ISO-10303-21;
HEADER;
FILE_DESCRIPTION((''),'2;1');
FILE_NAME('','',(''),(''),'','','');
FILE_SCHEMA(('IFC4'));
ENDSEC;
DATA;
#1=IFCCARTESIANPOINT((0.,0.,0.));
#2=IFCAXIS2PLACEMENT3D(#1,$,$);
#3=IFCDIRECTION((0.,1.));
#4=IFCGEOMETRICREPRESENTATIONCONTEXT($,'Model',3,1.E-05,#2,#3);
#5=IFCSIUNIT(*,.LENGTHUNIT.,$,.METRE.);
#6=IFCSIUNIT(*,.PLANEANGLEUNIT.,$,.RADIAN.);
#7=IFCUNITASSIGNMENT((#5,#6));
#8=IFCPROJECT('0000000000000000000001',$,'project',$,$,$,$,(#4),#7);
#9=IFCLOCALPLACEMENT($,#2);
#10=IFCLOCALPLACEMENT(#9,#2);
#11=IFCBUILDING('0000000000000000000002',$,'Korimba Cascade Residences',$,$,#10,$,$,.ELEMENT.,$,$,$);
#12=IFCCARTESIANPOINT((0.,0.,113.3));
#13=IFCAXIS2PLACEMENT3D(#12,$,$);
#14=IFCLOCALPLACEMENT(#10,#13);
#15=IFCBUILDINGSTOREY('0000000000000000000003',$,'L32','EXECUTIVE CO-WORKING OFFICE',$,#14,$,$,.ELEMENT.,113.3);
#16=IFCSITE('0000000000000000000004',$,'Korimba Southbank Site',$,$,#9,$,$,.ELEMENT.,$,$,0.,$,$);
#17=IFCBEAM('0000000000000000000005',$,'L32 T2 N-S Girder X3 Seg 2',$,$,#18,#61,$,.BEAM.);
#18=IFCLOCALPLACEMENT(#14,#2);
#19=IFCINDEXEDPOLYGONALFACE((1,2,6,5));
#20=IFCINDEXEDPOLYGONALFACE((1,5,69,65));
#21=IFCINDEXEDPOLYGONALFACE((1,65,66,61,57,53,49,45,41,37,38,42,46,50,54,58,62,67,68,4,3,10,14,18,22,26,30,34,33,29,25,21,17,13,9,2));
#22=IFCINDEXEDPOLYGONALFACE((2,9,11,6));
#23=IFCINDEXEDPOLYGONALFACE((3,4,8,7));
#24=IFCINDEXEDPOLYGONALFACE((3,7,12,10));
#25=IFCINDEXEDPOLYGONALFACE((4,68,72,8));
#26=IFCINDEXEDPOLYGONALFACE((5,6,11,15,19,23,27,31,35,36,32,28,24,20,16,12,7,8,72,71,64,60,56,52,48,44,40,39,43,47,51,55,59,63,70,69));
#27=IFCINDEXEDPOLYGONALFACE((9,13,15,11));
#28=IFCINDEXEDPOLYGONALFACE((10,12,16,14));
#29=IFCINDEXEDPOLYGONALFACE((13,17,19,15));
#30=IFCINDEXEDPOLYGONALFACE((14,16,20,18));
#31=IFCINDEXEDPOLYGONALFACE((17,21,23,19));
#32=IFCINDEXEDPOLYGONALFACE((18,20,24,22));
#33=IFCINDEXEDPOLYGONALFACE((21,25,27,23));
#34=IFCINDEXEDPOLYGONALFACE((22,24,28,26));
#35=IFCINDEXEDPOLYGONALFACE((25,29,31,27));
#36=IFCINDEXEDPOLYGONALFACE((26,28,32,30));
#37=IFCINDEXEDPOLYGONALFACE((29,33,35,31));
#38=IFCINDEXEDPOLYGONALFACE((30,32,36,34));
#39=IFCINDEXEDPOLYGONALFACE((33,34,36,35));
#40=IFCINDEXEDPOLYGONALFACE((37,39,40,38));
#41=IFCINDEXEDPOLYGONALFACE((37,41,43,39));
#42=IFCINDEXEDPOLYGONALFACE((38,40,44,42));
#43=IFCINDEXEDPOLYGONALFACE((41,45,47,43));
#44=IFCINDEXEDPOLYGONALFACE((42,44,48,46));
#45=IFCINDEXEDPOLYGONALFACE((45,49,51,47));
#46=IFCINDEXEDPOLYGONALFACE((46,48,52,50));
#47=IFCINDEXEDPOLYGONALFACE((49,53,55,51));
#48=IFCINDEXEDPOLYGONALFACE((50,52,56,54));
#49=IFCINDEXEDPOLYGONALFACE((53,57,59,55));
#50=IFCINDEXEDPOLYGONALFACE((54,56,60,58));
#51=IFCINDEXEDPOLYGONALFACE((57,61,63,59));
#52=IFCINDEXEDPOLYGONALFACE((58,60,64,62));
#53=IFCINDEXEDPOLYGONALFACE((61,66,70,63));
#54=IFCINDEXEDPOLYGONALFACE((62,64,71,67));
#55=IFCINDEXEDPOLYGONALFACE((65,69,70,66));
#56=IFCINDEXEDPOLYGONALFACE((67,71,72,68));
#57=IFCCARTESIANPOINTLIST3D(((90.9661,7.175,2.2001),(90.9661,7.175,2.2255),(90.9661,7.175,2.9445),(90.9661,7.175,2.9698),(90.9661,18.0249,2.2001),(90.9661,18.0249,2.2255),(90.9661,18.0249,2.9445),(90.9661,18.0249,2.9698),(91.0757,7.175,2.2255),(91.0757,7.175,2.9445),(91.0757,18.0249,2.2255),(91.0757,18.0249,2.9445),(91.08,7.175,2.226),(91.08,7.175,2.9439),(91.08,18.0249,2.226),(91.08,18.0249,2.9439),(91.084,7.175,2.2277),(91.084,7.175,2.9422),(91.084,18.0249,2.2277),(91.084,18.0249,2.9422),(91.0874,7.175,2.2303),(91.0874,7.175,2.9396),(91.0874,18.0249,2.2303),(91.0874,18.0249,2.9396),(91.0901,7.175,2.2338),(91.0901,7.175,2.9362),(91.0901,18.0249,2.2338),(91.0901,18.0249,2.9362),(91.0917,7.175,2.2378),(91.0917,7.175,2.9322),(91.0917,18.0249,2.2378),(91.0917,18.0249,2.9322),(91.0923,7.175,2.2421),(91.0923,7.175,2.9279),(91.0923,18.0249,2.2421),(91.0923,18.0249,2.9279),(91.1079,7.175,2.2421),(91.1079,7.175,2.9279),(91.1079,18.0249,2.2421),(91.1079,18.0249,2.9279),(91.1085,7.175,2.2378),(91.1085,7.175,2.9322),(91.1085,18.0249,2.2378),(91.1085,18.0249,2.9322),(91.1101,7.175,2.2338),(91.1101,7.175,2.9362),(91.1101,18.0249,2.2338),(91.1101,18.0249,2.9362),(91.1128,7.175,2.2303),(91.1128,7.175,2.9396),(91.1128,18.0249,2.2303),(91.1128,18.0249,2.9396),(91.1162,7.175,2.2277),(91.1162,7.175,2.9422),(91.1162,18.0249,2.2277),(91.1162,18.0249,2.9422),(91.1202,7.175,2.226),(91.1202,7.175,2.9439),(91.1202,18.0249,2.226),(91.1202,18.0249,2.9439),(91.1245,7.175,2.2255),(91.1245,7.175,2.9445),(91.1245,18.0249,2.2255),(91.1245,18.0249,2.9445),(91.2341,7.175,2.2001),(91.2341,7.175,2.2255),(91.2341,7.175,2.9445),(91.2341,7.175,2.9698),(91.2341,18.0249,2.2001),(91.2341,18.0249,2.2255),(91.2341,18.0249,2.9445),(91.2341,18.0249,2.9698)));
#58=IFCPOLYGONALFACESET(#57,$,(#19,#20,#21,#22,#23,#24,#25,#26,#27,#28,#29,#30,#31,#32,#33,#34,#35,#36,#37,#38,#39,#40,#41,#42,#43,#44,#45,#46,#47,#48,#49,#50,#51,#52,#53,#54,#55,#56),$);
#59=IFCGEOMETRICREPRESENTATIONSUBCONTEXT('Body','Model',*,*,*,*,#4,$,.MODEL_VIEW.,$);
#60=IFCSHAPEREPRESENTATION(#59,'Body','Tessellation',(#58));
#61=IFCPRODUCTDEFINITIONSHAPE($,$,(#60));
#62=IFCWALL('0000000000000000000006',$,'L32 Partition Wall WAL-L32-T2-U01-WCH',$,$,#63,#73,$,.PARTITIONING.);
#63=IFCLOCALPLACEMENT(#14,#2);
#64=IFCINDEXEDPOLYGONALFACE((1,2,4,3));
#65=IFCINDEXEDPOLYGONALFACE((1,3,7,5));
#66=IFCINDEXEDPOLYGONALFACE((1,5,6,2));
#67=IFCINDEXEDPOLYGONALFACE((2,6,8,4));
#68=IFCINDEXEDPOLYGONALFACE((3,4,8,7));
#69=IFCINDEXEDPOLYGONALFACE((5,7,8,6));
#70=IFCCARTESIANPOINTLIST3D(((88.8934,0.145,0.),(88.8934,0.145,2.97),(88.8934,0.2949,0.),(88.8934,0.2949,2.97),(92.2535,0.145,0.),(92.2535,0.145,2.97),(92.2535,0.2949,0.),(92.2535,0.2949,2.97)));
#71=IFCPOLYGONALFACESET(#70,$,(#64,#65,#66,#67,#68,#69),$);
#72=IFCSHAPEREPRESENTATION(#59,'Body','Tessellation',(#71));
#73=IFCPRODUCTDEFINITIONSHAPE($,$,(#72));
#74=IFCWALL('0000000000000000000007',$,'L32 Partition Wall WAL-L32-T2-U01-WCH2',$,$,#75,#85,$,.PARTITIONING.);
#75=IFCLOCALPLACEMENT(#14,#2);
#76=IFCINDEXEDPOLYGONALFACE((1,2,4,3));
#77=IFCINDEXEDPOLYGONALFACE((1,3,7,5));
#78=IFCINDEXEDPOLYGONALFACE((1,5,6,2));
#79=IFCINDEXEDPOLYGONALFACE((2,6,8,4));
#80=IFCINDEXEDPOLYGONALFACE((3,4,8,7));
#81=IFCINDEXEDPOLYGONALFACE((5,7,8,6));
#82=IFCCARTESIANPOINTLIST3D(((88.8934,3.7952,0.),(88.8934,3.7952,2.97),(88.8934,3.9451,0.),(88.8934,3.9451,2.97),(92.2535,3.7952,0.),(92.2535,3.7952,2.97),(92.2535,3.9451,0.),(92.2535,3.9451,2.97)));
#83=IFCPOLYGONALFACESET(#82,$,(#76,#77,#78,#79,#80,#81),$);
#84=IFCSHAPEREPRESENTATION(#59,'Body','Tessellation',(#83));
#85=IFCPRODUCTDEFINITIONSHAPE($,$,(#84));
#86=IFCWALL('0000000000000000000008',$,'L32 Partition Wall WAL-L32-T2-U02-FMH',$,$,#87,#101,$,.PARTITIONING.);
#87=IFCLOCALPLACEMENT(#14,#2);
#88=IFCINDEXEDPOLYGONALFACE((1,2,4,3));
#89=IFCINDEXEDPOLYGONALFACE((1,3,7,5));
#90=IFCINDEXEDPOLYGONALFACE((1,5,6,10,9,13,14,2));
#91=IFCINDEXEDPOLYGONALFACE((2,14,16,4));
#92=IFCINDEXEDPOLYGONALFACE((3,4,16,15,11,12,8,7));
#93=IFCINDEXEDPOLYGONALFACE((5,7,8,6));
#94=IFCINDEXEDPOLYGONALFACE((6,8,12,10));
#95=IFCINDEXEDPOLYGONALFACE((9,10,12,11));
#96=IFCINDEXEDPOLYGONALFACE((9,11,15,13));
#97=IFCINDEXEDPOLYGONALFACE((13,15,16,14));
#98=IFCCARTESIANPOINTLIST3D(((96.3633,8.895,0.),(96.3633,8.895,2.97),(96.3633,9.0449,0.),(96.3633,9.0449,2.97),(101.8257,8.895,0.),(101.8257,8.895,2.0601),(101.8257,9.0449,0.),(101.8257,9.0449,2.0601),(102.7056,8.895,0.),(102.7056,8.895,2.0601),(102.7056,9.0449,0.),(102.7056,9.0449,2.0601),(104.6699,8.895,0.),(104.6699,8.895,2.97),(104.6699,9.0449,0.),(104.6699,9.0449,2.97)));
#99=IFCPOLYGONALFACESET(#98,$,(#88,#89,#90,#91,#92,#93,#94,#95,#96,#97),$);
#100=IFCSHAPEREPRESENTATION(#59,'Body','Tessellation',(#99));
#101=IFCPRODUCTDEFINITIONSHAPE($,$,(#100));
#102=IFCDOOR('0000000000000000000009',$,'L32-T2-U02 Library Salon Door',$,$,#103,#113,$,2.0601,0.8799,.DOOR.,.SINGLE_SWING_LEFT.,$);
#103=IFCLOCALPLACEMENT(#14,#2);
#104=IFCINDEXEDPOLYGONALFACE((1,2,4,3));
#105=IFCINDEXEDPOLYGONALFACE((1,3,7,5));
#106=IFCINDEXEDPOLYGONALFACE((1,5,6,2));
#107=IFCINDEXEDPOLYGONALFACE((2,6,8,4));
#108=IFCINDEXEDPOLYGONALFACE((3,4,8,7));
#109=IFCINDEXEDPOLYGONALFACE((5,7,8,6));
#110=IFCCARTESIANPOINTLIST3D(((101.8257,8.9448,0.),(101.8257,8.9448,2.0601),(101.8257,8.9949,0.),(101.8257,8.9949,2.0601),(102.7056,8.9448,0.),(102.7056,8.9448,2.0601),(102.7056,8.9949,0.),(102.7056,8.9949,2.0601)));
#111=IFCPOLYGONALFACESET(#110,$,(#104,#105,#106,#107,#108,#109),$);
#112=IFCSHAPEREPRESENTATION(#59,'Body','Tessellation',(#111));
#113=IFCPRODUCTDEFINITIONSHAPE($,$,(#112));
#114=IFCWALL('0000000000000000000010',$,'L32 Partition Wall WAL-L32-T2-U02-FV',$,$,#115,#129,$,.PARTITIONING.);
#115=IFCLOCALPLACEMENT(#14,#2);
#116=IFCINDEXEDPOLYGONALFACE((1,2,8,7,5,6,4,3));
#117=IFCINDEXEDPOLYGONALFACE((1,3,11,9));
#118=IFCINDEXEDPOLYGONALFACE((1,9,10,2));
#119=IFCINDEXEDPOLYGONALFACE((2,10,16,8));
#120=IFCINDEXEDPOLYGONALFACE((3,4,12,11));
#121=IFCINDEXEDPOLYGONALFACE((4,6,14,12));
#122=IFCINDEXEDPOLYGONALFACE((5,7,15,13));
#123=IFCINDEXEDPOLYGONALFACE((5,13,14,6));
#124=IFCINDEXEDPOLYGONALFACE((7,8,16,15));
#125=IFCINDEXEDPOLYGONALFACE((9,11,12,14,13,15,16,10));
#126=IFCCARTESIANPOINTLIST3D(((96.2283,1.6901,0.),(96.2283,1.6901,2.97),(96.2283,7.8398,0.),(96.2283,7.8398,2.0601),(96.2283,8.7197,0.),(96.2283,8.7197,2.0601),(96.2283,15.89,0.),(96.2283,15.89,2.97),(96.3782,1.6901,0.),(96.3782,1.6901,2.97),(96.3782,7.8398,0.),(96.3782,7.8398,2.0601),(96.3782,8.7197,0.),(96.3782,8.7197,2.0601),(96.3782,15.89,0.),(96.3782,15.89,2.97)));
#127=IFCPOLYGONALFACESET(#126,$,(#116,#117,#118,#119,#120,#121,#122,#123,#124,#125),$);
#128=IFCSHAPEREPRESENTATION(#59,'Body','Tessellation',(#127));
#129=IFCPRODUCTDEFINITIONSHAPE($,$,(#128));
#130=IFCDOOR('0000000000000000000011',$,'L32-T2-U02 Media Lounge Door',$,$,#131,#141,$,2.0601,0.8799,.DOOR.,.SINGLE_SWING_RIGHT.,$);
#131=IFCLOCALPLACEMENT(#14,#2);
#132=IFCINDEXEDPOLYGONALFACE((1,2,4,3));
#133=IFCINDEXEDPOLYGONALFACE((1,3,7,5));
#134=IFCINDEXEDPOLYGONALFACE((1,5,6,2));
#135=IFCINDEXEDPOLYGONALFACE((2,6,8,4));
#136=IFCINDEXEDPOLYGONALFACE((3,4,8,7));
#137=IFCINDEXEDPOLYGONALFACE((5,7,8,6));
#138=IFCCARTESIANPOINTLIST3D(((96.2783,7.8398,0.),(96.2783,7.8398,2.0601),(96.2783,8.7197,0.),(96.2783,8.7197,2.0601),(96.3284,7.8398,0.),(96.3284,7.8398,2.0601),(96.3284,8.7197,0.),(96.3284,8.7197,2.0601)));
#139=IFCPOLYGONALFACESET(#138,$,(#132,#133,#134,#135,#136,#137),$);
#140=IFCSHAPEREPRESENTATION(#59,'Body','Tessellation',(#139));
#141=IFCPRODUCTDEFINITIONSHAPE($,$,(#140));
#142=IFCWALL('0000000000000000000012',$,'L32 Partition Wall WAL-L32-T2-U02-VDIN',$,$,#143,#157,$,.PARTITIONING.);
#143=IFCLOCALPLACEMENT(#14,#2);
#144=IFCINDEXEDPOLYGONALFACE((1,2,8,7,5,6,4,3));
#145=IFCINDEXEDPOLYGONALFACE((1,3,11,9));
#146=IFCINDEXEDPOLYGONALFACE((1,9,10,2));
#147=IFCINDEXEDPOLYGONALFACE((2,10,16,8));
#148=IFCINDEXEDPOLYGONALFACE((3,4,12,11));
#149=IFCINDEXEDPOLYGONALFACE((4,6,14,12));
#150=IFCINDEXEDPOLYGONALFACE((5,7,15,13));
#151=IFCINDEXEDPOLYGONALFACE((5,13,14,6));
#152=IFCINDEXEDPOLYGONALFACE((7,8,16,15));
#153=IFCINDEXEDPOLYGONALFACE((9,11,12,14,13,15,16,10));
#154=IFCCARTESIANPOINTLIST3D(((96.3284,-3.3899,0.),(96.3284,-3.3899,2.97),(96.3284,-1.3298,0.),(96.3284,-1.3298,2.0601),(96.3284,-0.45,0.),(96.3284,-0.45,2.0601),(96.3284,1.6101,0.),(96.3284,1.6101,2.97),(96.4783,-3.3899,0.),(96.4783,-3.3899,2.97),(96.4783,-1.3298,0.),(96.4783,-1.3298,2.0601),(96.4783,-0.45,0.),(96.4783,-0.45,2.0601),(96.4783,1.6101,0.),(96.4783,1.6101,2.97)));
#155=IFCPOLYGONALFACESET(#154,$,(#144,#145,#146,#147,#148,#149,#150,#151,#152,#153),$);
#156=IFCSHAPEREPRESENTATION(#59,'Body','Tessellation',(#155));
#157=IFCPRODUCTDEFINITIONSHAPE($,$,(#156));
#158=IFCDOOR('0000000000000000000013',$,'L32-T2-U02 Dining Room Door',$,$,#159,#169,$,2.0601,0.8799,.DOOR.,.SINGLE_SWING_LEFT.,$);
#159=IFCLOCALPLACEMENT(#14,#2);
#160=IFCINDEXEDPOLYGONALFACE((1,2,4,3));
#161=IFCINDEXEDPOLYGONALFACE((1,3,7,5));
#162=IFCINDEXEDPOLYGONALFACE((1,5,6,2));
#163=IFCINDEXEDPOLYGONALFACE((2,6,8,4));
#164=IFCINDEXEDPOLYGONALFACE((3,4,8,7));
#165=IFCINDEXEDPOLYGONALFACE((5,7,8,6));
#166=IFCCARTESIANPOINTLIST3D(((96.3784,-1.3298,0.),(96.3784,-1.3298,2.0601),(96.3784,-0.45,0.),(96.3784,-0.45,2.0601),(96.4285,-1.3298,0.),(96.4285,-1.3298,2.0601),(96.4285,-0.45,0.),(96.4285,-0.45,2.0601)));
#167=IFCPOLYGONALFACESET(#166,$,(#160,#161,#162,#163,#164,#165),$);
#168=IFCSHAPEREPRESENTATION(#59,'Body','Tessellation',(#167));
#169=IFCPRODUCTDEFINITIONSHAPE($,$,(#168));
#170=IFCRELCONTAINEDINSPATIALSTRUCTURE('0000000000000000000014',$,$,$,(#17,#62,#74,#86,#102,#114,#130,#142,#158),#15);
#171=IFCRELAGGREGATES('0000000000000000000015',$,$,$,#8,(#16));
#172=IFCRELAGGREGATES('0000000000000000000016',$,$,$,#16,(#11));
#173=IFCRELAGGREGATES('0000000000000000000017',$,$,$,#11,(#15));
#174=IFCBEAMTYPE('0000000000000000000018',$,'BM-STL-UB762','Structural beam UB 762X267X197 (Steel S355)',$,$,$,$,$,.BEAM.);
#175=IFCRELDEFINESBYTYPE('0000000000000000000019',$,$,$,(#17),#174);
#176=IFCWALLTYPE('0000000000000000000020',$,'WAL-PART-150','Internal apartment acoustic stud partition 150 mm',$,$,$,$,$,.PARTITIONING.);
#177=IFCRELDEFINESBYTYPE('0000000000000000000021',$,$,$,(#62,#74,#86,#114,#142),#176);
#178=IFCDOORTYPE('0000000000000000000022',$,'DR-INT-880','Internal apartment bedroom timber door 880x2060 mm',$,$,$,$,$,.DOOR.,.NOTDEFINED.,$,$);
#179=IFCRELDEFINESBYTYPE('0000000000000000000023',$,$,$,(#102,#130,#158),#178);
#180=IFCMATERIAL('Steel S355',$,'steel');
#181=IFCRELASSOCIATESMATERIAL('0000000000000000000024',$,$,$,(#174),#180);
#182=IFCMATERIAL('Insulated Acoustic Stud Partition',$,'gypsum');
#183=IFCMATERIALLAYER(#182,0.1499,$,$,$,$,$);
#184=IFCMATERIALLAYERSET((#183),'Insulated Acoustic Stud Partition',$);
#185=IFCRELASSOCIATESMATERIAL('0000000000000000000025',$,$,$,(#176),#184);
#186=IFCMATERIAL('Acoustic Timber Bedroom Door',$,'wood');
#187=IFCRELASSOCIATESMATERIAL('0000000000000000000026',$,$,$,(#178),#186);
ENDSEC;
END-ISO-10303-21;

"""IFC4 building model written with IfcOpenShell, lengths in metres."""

from ifc_helpers import new_model, si_unit, direction, frame, frame_2d, origin, origin_2d, place, context, subcontext, project, spatial, rectangle, i_section, extrude, material, layer, layer_set, material_profile, profile_set, type_object, element, fill, save


model = new_model("IFC4")

# Units and contexts
model_context = context("Model", 3, precision=1e-05, world=origin(), true_north=direction((0.0, 1.0)))
body_context = subcontext(model_context, "Body", "Model", "MODEL_VIEW")
ifc_project = project(units=[si_unit("LENGTHUNIT", "METRE"), si_unit("PLANEANGLEUNIT", "RADIAN")], contexts=[model_context])

# Site, building, storey
site_placement = place(None, origin())
site = spatial("IfcSite", under=ifc_project, at=site_placement, Name="Korimba Southbank Site", CompositionType="ELEMENT", RefElevation=0.0)
building_placement = place(site_placement, origin())
building = spatial("IfcBuilding", under=site, at=building_placement, Name="Korimba Cascade Residences", CompositionType="ELEMENT")
storey_placement = place(building_placement, frame((0.0, 0.0, 113.3)))
storey = spatial("IfcBuildingStorey", under=building, at=storey_placement, Name="L32", Description="EXECUTIVE CO-WORKING OFFICE", CompositionType="ELEMENT", Elevation=113.3)

# Beam
ifc_material_1 = material(Name="Steel S355", Category="steel")
ifc_material_profile_1 = material_profile(ifc_material_1, i_section(OverallWidth=0.2681, OverallDepth=0.7698, WebThickness=0.0156, FlangeThickness=0.0254, FilletRadius=0.0166, at=origin_2d()), Name="Steel S355")
ifc_profile_set_1 = profile_set([ifc_material_profile_1], Name="Steel S355")
beam_type_1 = type_object("IfcBeamType", Name="BM-STL-UB762", Description="Structural beam UB 762X267X197 (Steel S355)", PredefinedType="BEAM", material=ifc_profile_set_1)
for number, where, z_axis, x_axis, name in (
    (1, (91.1001, 7.175, 2.585), (0.0, 1.0, 0.0), (-1.0, 0.0, 0.0), "L32 T2 N-S Girder X3 Seg 2"),
):
    element("IfcBeam", number, at=place(storey_placement, frame(where, z_axis=z_axis, x_axis=x_axis)), inside=storey, type_object=beam_type_1, Name=name, PredefinedType="BEAM", context=body_context, shape_type="SweptSolid", body=[
        extrude(i_section(OverallWidth=0.2681, OverallDepth=0.7698, WebThickness=0.0156, FlangeThickness=0.0254, FilletRadius=0.0166, at=origin_2d()), origin(), (0.0, 0.0, 1.0), 10.8499),
    ])

# Walls
ifc_material_2 = material(Name="Insulated Acoustic Stud Partition", Category="gypsum")
ifc_layer = layer(ifc_material_2, 0.1499)
ifc_layer_set = layer_set([ifc_layer], Name="Insulated Acoustic Stud Partition")
wall_type = type_object("IfcWallType", Name="WAL-PART-150", Description="Internal apartment acoustic stud partition 150 mm", PredefinedType="PARTITIONING", material=ifc_layer_set)
for number, where, z_axis, x_axis, name in (
    (2, (88.8933, 0.22, 0.0), (0.0, 0.0, 1.0), (1.0, 0.0, 0.0), "L32 Partition Wall WAL-L32-T2-U01-WCH"),
    (3, (88.8933, 3.8701, 0.0), (0.0, 0.0, 1.0), (1.0, 0.0, 0.0), "L32 Partition Wall WAL-L32-T2-U01-WCH2"),
):
    element("IfcWall", number, at=place(storey_placement, frame(where, z_axis=z_axis, x_axis=x_axis)), inside=storey, type_object=wall_type, Name=name, PredefinedType="PARTITIONING", context=body_context, shape_type="SweptSolid", body=[
        extrude(rectangle(XDim=3.3601, YDim=0.1499, at=frame_2d((1.6802, 0.0))), origin(), (0.0, 0.0, 1.0), 2.97),
    ])

# Walls, openings, doors
wall_1_placement = place(storey_placement, frame((96.3633, 8.97, 0.0), z_axis=(0.0, 0.0, 1.0), x_axis=(1.0, 0.0, 0.0)))
wall_1 = element("IfcWall", 4, at=wall_1_placement, inside=storey, type_object=wall_type, Name="L32 Partition Wall WAL-L32-T2-U02-FMH", PredefinedType="PARTITIONING", context=body_context, shape_type="SweptSolid", body=[
    extrude(rectangle(XDim=8.3066, YDim=0.1499, at=frame_2d((4.1533, 0.0))), origin(), (0.0, 0.0, 1.0), 2.97),
])
opening_1_placement = place(wall_1_placement, frame((5.4624, 0.0, 0.0)))
opening_1 = element("IfcOpeningElement", 5, at=opening_1_placement, cuts=wall_1, PredefinedType="OPENING", context=body_context, shape_type="SweptSolid", body=[
    extrude(rectangle(XDim=0.8799, YDim=2.0601, at=frame_2d((0.4399, 1.03))), frame((0.0, 0.085, 0.0), z_axis=(0.0, -1.0, 0.0), x_axis=(1.0, 0.0, 0.0)), (0.0, 0.0, 1.0), 0.1699),
])
ifc_material_3 = material(Name="Acoustic Timber Bedroom Door", Category="wood")
door_type_1 = type_object("IfcDoorType", Name="DR-INT-880", Description="Internal apartment bedroom timber door 880x2060 mm", OperationType="NOTDEFINED", PredefinedType="DOOR", material=ifc_material_3)
door_1_placement = place(opening_1_placement, origin())
door_1 = element("IfcDoor", 6, at=door_1_placement, inside=storey, type_object=door_type_1, Name="L32-T2-U02 Library Salon Door", OperationType="SINGLE_SWING_LEFT", OverallHeight=2.0601, OverallWidth=0.8799, PredefinedType="DOOR", context=body_context, shape_type="SweptSolid", body=[
    extrude(rectangle(XDim=0.8799, YDim=2.0601, at=frame_2d((0.4399, 1.03))), frame((0.0, 0.0249, 0.0), z_axis=(0.0, -1.0, 0.0), x_axis=(1.0, 0.0, 0.0)), (0.0, 0.0, 1.0), 0.05),
])
fill(opening_1, door_1)
wall_2_placement = place(storey_placement, frame((96.3032, 1.6899, 0.0), z_axis=(0.0, 0.0, 1.0), x_axis=(0.0, 1.0, 0.0)))
wall_2 = element("IfcWall", 7, at=wall_2_placement, inside=storey, type_object=wall_type, Name="L32 Partition Wall WAL-L32-T2-U02-FV", PredefinedType="PARTITIONING", context=body_context, shape_type="SweptSolid", body=[
    extrude(rectangle(XDim=14.2, YDim=0.1499, at=frame_2d((7.1001, 0.0))), origin(), (0.0, 0.0, 1.0), 2.97),
])
opening_2_placement = place(wall_2_placement, frame((6.1499, 0.0, 0.0)))
opening_2 = element("IfcOpeningElement", 8, at=opening_2_placement, cuts=wall_2, PredefinedType="OPENING", context=body_context, shape_type="SweptSolid", body=[
    extrude(rectangle(XDim=0.8799, YDim=2.0601, at=frame_2d((0.4399, 1.03))), frame((0.0, 0.085, 0.0), z_axis=(0.0, -1.0, 0.0), x_axis=(1.0, 0.0, 0.0)), (0.0, 0.0, 1.0), 0.1699),
])
door_2_placement = place(opening_2_placement, origin())
door_2 = element("IfcDoor", 9, at=door_2_placement, inside=storey, type_object=door_type_1, Name="L32-T2-U02 Media Lounge Door", OperationType="SINGLE_SWING_RIGHT", OverallHeight=2.0601, OverallWidth=0.8799, PredefinedType="DOOR", context=body_context, shape_type="SweptSolid", body=[
    extrude(rectangle(XDim=0.8799, YDim=2.0601, at=frame_2d((0.4399, 1.03))), frame((0.0, 0.0249, 0.0), z_axis=(0.0, -1.0, 0.0), x_axis=(1.0, 0.0, 0.0)), (0.0, 0.0, 1.0), 0.05),
])
fill(opening_2, door_2)
wall_3_placement = place(storey_placement, frame((96.4033, -3.3899, 0.0), z_axis=(0.0, 0.0, 1.0), x_axis=(0.0, 1.0, 0.0)))
wall_3 = element("IfcWall", 10, at=wall_3_placement, inside=storey, type_object=wall_type, Name="L32 Partition Wall WAL-L32-T2-U02-VDIN", PredefinedType="PARTITIONING", context=body_context, shape_type="SweptSolid", body=[
    extrude(rectangle(XDim=5.0, YDim=0.1499, at=frame_2d((2.5, 0.0))), origin(), (0.0, 0.0, 1.0), 2.97),
])
opening_3_placement = place(wall_3_placement, frame((2.0601, 0.0, 0.0)))
opening_3 = element("IfcOpeningElement", 11, at=opening_3_placement, cuts=wall_3, PredefinedType="OPENING", context=body_context, shape_type="SweptSolid", body=[
    extrude(rectangle(XDim=0.8799, YDim=2.0601, at=frame_2d((0.4399, 1.03))), frame((0.0, 0.085, 0.0), z_axis=(0.0, -1.0, 0.0), x_axis=(1.0, 0.0, 0.0)), (0.0, 0.0, 1.0), 0.1699),
])
door_3_placement = place(opening_3_placement, origin())
door_3 = element("IfcDoor", 12, at=door_3_placement, inside=storey, type_object=door_type_1, Name="L32-T2-U02 Dining Room Door", OperationType="SINGLE_SWING_LEFT", OverallHeight=2.0601, OverallWidth=0.8799, PredefinedType="DOOR", context=body_context, shape_type="SweptSolid", body=[
    extrude(rectangle(XDim=0.8799, YDim=2.0601, at=frame_2d((0.4399, 1.03))), frame((0.0, 0.0249, 0.0), z_axis=(0.0, -1.0, 0.0), x_axis=(1.0, 0.0, 0.0)), (0.0, 0.0, 1.0), 0.05),
])
fill(opening_3, door_3)

save(model, "model.ifc")
